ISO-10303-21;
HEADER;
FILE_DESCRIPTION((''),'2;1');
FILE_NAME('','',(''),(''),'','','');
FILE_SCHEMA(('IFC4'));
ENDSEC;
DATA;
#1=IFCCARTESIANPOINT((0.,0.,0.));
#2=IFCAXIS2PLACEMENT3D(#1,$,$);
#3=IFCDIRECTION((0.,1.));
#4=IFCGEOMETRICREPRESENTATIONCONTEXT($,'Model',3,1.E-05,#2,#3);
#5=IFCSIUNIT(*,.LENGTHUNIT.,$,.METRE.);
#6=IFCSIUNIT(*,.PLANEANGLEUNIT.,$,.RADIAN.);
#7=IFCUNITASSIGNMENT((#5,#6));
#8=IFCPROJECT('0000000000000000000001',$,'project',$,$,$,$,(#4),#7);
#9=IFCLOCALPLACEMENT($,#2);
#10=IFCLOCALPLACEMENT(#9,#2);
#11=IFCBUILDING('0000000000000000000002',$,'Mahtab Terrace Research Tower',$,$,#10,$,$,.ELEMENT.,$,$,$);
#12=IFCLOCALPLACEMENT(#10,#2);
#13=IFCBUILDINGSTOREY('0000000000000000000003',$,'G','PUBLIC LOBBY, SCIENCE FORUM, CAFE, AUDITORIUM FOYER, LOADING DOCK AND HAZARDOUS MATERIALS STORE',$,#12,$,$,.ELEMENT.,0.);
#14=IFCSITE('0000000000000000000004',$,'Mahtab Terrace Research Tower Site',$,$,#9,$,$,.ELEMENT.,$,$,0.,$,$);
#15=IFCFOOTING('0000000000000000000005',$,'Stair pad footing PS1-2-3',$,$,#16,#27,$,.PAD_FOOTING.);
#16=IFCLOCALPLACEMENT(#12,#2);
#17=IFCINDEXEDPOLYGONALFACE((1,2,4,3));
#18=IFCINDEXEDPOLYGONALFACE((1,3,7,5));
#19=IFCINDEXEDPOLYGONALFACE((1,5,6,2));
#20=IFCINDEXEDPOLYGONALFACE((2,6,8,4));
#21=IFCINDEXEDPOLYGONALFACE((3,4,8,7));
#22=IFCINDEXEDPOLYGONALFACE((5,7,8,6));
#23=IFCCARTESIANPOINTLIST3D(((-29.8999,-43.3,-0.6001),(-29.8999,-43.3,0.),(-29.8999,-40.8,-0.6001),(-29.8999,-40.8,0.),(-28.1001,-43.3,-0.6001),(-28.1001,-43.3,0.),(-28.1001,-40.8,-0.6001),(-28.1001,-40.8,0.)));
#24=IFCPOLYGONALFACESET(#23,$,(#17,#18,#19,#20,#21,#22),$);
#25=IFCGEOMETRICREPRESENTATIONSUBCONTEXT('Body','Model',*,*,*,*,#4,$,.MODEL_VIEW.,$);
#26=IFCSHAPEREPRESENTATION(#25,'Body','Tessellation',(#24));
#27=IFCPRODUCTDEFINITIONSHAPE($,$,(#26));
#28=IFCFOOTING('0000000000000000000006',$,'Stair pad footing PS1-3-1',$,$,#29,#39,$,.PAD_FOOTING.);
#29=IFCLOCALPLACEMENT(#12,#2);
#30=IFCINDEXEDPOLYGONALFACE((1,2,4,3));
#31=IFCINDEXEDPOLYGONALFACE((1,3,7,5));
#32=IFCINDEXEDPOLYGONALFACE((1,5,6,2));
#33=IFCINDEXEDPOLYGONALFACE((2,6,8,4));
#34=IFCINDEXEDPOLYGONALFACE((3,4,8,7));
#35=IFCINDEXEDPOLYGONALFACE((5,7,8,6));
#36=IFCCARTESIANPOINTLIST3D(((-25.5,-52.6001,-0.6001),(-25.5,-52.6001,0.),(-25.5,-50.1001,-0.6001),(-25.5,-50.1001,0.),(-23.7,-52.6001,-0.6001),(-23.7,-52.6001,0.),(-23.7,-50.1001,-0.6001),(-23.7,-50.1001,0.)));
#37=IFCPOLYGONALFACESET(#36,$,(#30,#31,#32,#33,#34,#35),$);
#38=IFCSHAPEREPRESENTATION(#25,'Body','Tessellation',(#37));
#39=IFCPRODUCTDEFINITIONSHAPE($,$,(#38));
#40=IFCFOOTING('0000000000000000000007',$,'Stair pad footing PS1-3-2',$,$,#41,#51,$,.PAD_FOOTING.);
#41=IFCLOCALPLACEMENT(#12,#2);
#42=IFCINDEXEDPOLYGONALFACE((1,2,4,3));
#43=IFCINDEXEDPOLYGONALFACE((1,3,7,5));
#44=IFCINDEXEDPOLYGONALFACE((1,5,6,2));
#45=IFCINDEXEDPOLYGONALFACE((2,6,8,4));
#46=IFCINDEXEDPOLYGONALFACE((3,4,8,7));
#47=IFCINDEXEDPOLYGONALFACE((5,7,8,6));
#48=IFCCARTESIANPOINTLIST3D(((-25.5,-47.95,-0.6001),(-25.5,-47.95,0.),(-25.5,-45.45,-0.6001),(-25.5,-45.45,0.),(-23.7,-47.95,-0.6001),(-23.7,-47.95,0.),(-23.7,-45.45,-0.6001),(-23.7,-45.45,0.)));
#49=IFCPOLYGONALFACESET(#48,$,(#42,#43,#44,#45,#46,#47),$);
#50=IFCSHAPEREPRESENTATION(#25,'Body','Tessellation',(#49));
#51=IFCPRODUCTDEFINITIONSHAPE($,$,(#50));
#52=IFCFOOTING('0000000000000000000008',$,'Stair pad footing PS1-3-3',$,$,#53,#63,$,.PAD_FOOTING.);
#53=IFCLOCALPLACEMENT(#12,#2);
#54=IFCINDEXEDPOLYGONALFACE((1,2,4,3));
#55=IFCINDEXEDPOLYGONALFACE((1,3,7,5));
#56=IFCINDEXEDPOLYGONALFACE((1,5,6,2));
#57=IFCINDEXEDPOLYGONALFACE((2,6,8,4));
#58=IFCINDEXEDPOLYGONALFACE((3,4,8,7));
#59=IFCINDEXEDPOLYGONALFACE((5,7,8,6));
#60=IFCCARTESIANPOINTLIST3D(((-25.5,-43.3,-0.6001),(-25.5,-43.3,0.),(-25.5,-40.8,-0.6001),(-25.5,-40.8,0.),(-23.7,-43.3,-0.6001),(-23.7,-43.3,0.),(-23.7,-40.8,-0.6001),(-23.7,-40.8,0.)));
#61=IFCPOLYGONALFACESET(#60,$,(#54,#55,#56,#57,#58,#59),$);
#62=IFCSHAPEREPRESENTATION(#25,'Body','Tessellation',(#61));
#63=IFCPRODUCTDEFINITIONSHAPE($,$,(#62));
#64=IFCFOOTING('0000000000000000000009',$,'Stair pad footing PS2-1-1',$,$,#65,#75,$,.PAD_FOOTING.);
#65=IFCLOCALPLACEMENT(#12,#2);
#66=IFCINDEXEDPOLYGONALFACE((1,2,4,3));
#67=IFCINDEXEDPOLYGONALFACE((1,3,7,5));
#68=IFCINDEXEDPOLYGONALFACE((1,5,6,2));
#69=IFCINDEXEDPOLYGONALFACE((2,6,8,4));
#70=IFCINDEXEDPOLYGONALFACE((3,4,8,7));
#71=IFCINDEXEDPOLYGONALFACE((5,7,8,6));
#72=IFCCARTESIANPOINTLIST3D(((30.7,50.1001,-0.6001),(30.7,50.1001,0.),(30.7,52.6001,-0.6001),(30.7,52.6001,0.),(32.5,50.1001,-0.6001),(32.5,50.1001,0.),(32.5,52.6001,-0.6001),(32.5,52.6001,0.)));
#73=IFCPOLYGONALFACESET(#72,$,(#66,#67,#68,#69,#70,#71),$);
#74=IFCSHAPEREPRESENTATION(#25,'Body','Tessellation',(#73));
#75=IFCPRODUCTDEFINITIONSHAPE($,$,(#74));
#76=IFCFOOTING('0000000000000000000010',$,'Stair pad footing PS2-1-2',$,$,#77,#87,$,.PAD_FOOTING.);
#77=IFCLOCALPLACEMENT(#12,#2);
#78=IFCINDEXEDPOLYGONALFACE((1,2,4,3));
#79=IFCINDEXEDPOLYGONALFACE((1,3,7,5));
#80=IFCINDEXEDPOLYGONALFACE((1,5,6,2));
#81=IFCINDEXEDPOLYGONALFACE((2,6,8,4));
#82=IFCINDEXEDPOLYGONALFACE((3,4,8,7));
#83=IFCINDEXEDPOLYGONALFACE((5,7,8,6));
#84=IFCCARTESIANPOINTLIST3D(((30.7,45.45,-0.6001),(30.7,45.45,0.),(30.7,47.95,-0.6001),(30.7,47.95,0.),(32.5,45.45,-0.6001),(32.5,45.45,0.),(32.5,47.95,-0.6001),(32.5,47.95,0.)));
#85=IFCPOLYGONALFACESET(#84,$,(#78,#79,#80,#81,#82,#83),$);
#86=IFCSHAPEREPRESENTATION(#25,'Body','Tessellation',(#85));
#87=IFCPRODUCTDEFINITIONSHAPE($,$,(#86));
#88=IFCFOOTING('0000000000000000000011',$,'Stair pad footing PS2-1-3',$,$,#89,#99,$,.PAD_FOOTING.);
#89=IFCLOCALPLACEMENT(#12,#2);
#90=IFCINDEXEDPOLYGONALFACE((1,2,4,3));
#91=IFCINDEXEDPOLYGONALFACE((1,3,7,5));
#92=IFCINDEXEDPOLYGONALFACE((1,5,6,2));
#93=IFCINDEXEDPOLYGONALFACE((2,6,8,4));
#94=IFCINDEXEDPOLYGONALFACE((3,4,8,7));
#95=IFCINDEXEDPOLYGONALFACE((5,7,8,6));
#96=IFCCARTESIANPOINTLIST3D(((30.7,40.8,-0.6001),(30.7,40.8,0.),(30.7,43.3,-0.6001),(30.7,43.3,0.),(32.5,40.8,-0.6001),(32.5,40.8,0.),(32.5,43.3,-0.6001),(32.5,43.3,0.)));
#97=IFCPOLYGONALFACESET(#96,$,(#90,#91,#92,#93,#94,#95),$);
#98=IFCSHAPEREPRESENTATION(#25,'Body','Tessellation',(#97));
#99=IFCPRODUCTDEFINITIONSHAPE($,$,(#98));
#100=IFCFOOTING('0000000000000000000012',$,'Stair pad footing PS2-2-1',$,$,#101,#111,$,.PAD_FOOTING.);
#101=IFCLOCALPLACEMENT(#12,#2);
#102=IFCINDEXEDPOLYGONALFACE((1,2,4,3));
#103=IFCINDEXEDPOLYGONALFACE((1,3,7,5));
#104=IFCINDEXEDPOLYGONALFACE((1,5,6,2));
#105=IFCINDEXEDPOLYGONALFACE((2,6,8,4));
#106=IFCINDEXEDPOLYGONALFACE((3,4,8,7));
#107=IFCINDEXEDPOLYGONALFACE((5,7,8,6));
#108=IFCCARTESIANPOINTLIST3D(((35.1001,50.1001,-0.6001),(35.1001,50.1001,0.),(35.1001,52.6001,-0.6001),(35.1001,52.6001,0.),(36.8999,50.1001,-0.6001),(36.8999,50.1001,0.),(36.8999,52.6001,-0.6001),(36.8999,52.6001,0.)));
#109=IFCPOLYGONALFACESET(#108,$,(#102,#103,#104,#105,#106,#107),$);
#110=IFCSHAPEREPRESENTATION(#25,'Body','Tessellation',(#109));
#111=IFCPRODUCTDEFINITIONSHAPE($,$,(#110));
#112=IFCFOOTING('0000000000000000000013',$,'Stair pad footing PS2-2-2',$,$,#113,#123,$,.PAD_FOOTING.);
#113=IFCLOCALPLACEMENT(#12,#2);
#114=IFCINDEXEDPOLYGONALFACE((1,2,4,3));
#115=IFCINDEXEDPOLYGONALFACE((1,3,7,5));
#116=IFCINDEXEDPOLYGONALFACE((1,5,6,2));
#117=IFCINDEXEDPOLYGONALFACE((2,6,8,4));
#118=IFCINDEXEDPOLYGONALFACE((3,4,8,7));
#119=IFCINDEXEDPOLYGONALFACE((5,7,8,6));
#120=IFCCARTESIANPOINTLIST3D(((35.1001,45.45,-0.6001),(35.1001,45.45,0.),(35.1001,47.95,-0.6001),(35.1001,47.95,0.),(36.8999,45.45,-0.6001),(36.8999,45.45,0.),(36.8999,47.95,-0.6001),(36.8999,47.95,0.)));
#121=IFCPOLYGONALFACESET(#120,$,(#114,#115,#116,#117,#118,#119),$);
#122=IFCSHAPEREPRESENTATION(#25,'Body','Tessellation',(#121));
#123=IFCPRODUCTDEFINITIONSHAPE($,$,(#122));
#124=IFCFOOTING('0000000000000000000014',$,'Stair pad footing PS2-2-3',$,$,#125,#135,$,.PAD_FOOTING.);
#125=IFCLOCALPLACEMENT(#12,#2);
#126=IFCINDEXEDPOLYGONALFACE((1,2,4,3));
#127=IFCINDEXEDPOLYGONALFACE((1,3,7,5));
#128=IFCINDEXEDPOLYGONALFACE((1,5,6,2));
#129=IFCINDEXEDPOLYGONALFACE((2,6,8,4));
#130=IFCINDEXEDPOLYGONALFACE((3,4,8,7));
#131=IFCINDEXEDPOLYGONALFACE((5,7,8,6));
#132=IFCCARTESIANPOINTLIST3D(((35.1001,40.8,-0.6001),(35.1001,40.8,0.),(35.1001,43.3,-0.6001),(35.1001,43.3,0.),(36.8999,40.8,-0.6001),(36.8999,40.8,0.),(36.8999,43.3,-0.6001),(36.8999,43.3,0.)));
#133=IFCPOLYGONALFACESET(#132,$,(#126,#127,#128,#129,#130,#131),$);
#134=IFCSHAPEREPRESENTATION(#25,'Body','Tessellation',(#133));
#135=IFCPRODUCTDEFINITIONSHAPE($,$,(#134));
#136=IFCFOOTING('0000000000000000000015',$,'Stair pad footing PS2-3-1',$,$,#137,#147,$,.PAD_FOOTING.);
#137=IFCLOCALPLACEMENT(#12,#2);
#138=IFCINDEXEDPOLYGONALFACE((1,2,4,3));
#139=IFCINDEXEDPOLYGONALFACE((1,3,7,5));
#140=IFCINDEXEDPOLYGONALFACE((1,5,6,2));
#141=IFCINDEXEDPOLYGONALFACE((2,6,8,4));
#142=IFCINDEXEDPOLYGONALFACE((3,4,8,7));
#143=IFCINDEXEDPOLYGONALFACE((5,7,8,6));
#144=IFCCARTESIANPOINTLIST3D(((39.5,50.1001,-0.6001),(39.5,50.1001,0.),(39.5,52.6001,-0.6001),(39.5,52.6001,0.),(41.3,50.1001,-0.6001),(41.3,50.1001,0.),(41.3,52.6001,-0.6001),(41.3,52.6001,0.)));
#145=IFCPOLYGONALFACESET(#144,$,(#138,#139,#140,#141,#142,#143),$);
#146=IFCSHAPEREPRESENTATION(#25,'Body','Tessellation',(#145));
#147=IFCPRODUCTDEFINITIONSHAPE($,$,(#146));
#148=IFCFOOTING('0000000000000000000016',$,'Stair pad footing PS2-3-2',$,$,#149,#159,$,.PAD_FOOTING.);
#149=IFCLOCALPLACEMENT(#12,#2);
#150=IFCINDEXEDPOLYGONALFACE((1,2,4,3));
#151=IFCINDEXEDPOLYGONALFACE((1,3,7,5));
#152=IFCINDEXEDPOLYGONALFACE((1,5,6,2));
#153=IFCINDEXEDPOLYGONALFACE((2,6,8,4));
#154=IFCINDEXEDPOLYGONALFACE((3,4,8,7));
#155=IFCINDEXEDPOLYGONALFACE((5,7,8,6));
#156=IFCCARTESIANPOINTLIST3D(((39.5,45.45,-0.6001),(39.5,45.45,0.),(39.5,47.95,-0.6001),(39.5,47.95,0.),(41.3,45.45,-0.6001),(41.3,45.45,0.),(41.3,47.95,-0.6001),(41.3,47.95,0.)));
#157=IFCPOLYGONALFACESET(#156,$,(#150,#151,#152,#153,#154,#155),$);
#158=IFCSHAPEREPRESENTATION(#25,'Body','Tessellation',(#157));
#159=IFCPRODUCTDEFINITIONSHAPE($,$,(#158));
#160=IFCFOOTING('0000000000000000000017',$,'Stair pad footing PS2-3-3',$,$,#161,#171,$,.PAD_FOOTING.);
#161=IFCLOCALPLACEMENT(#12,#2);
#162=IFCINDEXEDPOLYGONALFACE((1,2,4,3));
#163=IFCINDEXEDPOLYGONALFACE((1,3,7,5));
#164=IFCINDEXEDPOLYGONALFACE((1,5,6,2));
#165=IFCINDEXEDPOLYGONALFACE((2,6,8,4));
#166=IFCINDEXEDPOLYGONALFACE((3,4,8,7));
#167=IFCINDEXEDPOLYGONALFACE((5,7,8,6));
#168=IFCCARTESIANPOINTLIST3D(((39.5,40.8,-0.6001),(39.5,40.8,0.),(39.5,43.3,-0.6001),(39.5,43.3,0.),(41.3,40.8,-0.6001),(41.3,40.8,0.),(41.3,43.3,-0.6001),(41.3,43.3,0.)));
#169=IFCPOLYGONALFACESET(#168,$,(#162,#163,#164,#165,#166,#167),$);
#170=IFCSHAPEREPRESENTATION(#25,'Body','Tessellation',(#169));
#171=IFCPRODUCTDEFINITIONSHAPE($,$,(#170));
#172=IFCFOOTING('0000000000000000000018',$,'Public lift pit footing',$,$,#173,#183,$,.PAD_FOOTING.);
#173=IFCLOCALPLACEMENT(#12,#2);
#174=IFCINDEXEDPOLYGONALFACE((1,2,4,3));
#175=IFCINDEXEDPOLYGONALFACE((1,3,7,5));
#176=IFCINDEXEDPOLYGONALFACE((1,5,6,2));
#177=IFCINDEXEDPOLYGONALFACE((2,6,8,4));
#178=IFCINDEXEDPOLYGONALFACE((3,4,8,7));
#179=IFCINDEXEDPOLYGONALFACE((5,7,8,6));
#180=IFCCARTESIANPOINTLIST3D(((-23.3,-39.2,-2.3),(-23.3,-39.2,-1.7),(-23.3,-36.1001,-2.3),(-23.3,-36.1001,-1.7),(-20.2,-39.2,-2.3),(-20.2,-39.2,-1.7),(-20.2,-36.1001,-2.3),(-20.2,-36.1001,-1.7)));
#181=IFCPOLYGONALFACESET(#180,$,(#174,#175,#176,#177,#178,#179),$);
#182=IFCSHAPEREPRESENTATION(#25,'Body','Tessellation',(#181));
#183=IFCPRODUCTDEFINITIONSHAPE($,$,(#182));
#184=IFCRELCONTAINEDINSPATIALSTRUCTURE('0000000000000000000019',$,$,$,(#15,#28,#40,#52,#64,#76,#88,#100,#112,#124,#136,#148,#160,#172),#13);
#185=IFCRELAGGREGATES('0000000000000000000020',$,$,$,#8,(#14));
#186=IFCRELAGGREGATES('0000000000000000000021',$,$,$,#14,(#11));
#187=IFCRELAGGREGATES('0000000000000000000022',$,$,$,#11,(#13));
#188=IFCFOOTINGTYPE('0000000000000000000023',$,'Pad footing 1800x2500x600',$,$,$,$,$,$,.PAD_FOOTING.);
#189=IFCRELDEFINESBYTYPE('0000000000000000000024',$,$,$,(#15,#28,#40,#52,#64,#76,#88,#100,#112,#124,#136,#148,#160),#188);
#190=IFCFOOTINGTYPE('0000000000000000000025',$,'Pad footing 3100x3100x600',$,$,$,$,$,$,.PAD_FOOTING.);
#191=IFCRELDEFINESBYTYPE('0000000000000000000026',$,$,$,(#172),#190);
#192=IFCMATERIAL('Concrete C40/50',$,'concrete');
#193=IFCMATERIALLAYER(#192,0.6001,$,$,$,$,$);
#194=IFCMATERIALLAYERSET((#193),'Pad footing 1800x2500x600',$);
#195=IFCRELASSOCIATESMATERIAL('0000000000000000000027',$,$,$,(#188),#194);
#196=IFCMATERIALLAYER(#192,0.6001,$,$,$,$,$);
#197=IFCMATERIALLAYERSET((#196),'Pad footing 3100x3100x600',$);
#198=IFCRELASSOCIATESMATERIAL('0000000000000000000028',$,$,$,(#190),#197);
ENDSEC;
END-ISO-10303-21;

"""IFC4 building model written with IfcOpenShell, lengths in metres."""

from ifc_helpers import new_model, si_unit, direction, frame, origin, place, context, subcontext, project, spatial, polyline, outline, extrude, material, layer, layer_set, type_object, element, save


model = new_model("IFC4")

# Units and contexts
model_context = context("Model", 3, precision=1e-05, world=origin(), true_north=direction((0.0, 1.0)))
body_context = subcontext(model_context, "Body", "Model", "MODEL_VIEW")
ifc_project = project(units=[si_unit("LENGTHUNIT", "METRE"), si_unit("PLANEANGLEUNIT", "RADIAN")], contexts=[model_context])

# Site, building, storey
site_placement = place(None, origin())
site = spatial("IfcSite", under=ifc_project, at=site_placement, Name="Mahtab Terrace Research Tower Site", CompositionType="ELEMENT", RefElevation=0.0)
building_placement = place(site_placement, origin())
building = spatial("IfcBuilding", under=site, at=building_placement, Name="Mahtab Terrace Research Tower", CompositionType="ELEMENT")
storey_placement = place(building_placement, origin())
storey = spatial("IfcBuildingStorey", under=building, at=storey_placement, Name="G", Description="PUBLIC LOBBY, SCIENCE FORUM, CAFE, AUDITORIUM FOYER, LOADING DOCK AND HAZARDOUS MATERIALS STORE", CompositionType="ELEMENT", Elevation=0.0)

# Footings
ifc_material_1 = material(Name="Concrete C40/50", Category="concrete")
ifc_layer_1 = layer(ifc_material_1, 0.6001)
ifc_layer_set_1 = layer_set([ifc_layer_1], Name="Pad footing 1800x2500x600")
footing_type_1 = type_object("IfcFootingType", Name="Pad footing 1800x2500x600", PredefinedType="PAD_FOOTING", material=ifc_layer_set_1)
footing_1_placement = place(storey_placement, frame((0.0, 0.0, -0.6001)))
element("IfcFooting", 1, at=footing_1_placement, inside=storey, type_object=footing_type_1, Name="Stair pad footing PS1-2-3", PredefinedType="PAD_FOOTING", context=body_context, shape_type="SweptSolid", body=[
    extrude(outline(polyline([(-29.8999, -43.3), (-28.1001, -43.3), (-28.1001, -40.8), (-29.8999, -40.8), (-29.8999, -43.3)])), origin(), (0.0, 0.0, 1.0), 0.6001),
])
footing_2_placement = place(storey_placement, frame((0.0, 0.0, -0.6001)))
element("IfcFooting", 2, at=footing_2_placement, inside=storey, type_object=footing_type_1, Name="Stair pad footing PS1-3-1", PredefinedType="PAD_FOOTING", context=body_context, shape_type="SweptSolid", body=[
    extrude(outline(polyline([(-25.5, -52.6001), (-23.7, -52.6001), (-23.7, -50.1001), (-25.5, -50.1001), (-25.5, -52.6001)])), origin(), (0.0, 0.0, 1.0), 0.6001),
])
footing_3_placement = place(storey_placement, frame((0.0, 0.0, -0.6001)))
element("IfcFooting", 3, at=footing_3_placement, inside=storey, type_object=footing_type_1, Name="Stair pad footing PS1-3-2", PredefinedType="PAD_FOOTING", context=body_context, shape_type="SweptSolid", body=[
    extrude(outline(polyline([(-25.5, -47.95), (-23.7, -47.95), (-23.7, -45.45), (-25.5, -45.45), (-25.5, -47.95)])), origin(), (0.0, 0.0, 1.0), 0.6001),
])
footing_4_placement = place(storey_placement, frame((0.0, 0.0, -0.6001)))
element("IfcFooting", 4, at=footing_4_placement, inside=storey, type_object=footing_type_1, Name="Stair pad footing PS1-3-3", PredefinedType="PAD_FOOTING", context=body_context, shape_type="SweptSolid", body=[
    extrude(outline(polyline([(-25.5, -43.3), (-23.7, -43.3), (-23.7, -40.8), (-25.5, -40.8), (-25.5, -43.3)])), origin(), (0.0, 0.0, 1.0), 0.6001),
])
footing_5_placement = place(storey_placement, frame((0.0, 0.0, -0.6001)))
element("IfcFooting", 5, at=footing_5_placement, inside=storey, type_object=footing_type_1, Name="Stair pad footing PS2-1-1", PredefinedType="PAD_FOOTING", context=body_context, shape_type="SweptSolid", body=[
    extrude(outline(polyline([(30.7, 50.1001), (32.5, 50.1001), (32.5, 52.6001), (30.7, 52.6001), (30.7, 50.1001)])), origin(), (0.0, 0.0, 1.0), 0.6001),
])
footing_6_placement = place(storey_placement, frame((0.0, 0.0, -0.6001)))
element("IfcFooting", 6, at=footing_6_placement, inside=storey, type_object=footing_type_1, Name="Stair pad footing PS2-1-2", PredefinedType="PAD_FOOTING", context=body_context, shape_type="SweptSolid", body=[
    extrude(outline(polyline([(30.7, 45.45), (32.5, 45.45), (32.5, 47.95), (30.7, 47.95), (30.7, 45.45)])), origin(), (0.0, 0.0, 1.0), 0.6001),
])
footing_7_placement = place(storey_placement, frame((0.0, 0.0, -0.6001)))
element("IfcFooting", 7, at=footing_7_placement, inside=storey, type_object=footing_type_1, Name="Stair pad footing PS2-1-3", PredefinedType="PAD_FOOTING", context=body_context, shape_type="SweptSolid", body=[
    extrude(outline(polyline([(30.7, 40.8), (32.5, 40.8), (32.5, 43.3), (30.7, 43.3), (30.7, 40.8)])), origin(), (0.0, 0.0, 1.0), 0.6001),
])
footing_8_placement = place(storey_placement, frame((0.0, 0.0, -0.6001)))
element("IfcFooting", 8, at=footing_8_placement, inside=storey, type_object=footing_type_1, Name="Stair pad footing PS2-2-1", PredefinedType="PAD_FOOTING", context=body_context, shape_type="SweptSolid", body=[
    extrude(outline(polyline([(35.1001, 50.1001), (36.8999, 50.1001), (36.8999, 52.6001), (35.1001, 52.6001), (35.1001, 50.1001)])), origin(), (0.0, 0.0, 1.0), 0.6001),
])
footing_9_placement = place(storey_placement, frame((0.0, 0.0, -0.6001)))
element("IfcFooting", 9, at=footing_9_placement, inside=storey, type_object=footing_type_1, Name="Stair pad footing PS2-2-2", PredefinedType="PAD_FOOTING", context=body_context, shape_type="SweptSolid", body=[
    extrude(outline(polyline([(35.1001, 45.45), (36.8999, 45.45), (36.8999, 47.95), (35.1001, 47.95), (35.1001, 45.45)])), origin(), (0.0, 0.0, 1.0), 0.6001),
])
footing_10_placement = place(storey_placement, frame((0.0, 0.0, -0.6001)))
element("IfcFooting", 10, at=footing_10_placement, inside=storey, type_object=footing_type_1, Name="Stair pad footing PS2-2-3", PredefinedType="PAD_FOOTING", context=body_context, shape_type="SweptSolid", body=[
    extrude(outline(polyline([(35.1001, 40.8), (36.8999, 40.8), (36.8999, 43.3), (35.1001, 43.3), (35.1001, 40.8)])), origin(), (0.0, 0.0, 1.0), 0.6001),
])
footing_11_placement = place(storey_placement, frame((0.0, 0.0, -0.6001)))
element("IfcFooting", 11, at=footing_11_placement, inside=storey, type_object=footing_type_1, Name="Stair pad footing PS2-3-1", PredefinedType="PAD_FOOTING", context=body_context, shape_type="SweptSolid", body=[
    extrude(outline(polyline([(39.5, 50.1001), (41.3, 50.1001), (41.3, 52.6001), (39.5, 52.6001), (39.5, 50.1001)])), origin(), (0.0, 0.0, 1.0), 0.6001),
])
footing_12_placement = place(storey_placement, frame((0.0, 0.0, -0.6001)))
element("IfcFooting", 12, at=footing_12_placement, inside=storey, type_object=footing_type_1, Name="Stair pad footing PS2-3-2", PredefinedType="PAD_FOOTING", context=body_context, shape_type="SweptSolid", body=[
    extrude(outline(polyline([(39.5, 45.45), (41.3, 45.45), (41.3, 47.95), (39.5, 47.95), (39.5, 45.45)])), origin(), (0.0, 0.0, 1.0), 0.6001),
])
footing_13_placement = place(storey_placement, frame((0.0, 0.0, -0.6001)))
element("IfcFooting", 13, at=footing_13_placement, inside=storey, type_object=footing_type_1, Name="Stair pad footing PS2-3-3", PredefinedType="PAD_FOOTING", context=body_context, shape_type="SweptSolid", body=[
    extrude(outline(polyline([(39.5, 40.8), (41.3, 40.8), (41.3, 43.3), (39.5, 43.3), (39.5, 40.8)])), origin(), (0.0, 0.0, 1.0), 0.6001),
])
ifc_layer_2 = layer(ifc_material_1, 0.6001)
ifc_layer_set_2 = layer_set([ifc_layer_2], Name="Pad footing 3100x3100x600")
footing_type_2 = type_object("IfcFootingType", Name="Pad footing 3100x3100x600", PredefinedType="PAD_FOOTING", material=ifc_layer_set_2)
footing_14_placement = place(storey_placement, frame((0.0, 0.0, -2.3)))
element("IfcFooting", 14, at=footing_14_placement, inside=storey, type_object=footing_type_2, Name="Public lift pit footing", PredefinedType="PAD_FOOTING", context=body_context, shape_type="SweptSolid", body=[
    extrude(outline(polyline([(-23.3, -39.2), (-20.2, -39.2), (-20.2, -36.1001), (-23.3, -36.1001), (-23.3, -39.2)])), origin(), (0.0, 0.0, 1.0), 0.6001),
])

save(model, "model.ifc")
